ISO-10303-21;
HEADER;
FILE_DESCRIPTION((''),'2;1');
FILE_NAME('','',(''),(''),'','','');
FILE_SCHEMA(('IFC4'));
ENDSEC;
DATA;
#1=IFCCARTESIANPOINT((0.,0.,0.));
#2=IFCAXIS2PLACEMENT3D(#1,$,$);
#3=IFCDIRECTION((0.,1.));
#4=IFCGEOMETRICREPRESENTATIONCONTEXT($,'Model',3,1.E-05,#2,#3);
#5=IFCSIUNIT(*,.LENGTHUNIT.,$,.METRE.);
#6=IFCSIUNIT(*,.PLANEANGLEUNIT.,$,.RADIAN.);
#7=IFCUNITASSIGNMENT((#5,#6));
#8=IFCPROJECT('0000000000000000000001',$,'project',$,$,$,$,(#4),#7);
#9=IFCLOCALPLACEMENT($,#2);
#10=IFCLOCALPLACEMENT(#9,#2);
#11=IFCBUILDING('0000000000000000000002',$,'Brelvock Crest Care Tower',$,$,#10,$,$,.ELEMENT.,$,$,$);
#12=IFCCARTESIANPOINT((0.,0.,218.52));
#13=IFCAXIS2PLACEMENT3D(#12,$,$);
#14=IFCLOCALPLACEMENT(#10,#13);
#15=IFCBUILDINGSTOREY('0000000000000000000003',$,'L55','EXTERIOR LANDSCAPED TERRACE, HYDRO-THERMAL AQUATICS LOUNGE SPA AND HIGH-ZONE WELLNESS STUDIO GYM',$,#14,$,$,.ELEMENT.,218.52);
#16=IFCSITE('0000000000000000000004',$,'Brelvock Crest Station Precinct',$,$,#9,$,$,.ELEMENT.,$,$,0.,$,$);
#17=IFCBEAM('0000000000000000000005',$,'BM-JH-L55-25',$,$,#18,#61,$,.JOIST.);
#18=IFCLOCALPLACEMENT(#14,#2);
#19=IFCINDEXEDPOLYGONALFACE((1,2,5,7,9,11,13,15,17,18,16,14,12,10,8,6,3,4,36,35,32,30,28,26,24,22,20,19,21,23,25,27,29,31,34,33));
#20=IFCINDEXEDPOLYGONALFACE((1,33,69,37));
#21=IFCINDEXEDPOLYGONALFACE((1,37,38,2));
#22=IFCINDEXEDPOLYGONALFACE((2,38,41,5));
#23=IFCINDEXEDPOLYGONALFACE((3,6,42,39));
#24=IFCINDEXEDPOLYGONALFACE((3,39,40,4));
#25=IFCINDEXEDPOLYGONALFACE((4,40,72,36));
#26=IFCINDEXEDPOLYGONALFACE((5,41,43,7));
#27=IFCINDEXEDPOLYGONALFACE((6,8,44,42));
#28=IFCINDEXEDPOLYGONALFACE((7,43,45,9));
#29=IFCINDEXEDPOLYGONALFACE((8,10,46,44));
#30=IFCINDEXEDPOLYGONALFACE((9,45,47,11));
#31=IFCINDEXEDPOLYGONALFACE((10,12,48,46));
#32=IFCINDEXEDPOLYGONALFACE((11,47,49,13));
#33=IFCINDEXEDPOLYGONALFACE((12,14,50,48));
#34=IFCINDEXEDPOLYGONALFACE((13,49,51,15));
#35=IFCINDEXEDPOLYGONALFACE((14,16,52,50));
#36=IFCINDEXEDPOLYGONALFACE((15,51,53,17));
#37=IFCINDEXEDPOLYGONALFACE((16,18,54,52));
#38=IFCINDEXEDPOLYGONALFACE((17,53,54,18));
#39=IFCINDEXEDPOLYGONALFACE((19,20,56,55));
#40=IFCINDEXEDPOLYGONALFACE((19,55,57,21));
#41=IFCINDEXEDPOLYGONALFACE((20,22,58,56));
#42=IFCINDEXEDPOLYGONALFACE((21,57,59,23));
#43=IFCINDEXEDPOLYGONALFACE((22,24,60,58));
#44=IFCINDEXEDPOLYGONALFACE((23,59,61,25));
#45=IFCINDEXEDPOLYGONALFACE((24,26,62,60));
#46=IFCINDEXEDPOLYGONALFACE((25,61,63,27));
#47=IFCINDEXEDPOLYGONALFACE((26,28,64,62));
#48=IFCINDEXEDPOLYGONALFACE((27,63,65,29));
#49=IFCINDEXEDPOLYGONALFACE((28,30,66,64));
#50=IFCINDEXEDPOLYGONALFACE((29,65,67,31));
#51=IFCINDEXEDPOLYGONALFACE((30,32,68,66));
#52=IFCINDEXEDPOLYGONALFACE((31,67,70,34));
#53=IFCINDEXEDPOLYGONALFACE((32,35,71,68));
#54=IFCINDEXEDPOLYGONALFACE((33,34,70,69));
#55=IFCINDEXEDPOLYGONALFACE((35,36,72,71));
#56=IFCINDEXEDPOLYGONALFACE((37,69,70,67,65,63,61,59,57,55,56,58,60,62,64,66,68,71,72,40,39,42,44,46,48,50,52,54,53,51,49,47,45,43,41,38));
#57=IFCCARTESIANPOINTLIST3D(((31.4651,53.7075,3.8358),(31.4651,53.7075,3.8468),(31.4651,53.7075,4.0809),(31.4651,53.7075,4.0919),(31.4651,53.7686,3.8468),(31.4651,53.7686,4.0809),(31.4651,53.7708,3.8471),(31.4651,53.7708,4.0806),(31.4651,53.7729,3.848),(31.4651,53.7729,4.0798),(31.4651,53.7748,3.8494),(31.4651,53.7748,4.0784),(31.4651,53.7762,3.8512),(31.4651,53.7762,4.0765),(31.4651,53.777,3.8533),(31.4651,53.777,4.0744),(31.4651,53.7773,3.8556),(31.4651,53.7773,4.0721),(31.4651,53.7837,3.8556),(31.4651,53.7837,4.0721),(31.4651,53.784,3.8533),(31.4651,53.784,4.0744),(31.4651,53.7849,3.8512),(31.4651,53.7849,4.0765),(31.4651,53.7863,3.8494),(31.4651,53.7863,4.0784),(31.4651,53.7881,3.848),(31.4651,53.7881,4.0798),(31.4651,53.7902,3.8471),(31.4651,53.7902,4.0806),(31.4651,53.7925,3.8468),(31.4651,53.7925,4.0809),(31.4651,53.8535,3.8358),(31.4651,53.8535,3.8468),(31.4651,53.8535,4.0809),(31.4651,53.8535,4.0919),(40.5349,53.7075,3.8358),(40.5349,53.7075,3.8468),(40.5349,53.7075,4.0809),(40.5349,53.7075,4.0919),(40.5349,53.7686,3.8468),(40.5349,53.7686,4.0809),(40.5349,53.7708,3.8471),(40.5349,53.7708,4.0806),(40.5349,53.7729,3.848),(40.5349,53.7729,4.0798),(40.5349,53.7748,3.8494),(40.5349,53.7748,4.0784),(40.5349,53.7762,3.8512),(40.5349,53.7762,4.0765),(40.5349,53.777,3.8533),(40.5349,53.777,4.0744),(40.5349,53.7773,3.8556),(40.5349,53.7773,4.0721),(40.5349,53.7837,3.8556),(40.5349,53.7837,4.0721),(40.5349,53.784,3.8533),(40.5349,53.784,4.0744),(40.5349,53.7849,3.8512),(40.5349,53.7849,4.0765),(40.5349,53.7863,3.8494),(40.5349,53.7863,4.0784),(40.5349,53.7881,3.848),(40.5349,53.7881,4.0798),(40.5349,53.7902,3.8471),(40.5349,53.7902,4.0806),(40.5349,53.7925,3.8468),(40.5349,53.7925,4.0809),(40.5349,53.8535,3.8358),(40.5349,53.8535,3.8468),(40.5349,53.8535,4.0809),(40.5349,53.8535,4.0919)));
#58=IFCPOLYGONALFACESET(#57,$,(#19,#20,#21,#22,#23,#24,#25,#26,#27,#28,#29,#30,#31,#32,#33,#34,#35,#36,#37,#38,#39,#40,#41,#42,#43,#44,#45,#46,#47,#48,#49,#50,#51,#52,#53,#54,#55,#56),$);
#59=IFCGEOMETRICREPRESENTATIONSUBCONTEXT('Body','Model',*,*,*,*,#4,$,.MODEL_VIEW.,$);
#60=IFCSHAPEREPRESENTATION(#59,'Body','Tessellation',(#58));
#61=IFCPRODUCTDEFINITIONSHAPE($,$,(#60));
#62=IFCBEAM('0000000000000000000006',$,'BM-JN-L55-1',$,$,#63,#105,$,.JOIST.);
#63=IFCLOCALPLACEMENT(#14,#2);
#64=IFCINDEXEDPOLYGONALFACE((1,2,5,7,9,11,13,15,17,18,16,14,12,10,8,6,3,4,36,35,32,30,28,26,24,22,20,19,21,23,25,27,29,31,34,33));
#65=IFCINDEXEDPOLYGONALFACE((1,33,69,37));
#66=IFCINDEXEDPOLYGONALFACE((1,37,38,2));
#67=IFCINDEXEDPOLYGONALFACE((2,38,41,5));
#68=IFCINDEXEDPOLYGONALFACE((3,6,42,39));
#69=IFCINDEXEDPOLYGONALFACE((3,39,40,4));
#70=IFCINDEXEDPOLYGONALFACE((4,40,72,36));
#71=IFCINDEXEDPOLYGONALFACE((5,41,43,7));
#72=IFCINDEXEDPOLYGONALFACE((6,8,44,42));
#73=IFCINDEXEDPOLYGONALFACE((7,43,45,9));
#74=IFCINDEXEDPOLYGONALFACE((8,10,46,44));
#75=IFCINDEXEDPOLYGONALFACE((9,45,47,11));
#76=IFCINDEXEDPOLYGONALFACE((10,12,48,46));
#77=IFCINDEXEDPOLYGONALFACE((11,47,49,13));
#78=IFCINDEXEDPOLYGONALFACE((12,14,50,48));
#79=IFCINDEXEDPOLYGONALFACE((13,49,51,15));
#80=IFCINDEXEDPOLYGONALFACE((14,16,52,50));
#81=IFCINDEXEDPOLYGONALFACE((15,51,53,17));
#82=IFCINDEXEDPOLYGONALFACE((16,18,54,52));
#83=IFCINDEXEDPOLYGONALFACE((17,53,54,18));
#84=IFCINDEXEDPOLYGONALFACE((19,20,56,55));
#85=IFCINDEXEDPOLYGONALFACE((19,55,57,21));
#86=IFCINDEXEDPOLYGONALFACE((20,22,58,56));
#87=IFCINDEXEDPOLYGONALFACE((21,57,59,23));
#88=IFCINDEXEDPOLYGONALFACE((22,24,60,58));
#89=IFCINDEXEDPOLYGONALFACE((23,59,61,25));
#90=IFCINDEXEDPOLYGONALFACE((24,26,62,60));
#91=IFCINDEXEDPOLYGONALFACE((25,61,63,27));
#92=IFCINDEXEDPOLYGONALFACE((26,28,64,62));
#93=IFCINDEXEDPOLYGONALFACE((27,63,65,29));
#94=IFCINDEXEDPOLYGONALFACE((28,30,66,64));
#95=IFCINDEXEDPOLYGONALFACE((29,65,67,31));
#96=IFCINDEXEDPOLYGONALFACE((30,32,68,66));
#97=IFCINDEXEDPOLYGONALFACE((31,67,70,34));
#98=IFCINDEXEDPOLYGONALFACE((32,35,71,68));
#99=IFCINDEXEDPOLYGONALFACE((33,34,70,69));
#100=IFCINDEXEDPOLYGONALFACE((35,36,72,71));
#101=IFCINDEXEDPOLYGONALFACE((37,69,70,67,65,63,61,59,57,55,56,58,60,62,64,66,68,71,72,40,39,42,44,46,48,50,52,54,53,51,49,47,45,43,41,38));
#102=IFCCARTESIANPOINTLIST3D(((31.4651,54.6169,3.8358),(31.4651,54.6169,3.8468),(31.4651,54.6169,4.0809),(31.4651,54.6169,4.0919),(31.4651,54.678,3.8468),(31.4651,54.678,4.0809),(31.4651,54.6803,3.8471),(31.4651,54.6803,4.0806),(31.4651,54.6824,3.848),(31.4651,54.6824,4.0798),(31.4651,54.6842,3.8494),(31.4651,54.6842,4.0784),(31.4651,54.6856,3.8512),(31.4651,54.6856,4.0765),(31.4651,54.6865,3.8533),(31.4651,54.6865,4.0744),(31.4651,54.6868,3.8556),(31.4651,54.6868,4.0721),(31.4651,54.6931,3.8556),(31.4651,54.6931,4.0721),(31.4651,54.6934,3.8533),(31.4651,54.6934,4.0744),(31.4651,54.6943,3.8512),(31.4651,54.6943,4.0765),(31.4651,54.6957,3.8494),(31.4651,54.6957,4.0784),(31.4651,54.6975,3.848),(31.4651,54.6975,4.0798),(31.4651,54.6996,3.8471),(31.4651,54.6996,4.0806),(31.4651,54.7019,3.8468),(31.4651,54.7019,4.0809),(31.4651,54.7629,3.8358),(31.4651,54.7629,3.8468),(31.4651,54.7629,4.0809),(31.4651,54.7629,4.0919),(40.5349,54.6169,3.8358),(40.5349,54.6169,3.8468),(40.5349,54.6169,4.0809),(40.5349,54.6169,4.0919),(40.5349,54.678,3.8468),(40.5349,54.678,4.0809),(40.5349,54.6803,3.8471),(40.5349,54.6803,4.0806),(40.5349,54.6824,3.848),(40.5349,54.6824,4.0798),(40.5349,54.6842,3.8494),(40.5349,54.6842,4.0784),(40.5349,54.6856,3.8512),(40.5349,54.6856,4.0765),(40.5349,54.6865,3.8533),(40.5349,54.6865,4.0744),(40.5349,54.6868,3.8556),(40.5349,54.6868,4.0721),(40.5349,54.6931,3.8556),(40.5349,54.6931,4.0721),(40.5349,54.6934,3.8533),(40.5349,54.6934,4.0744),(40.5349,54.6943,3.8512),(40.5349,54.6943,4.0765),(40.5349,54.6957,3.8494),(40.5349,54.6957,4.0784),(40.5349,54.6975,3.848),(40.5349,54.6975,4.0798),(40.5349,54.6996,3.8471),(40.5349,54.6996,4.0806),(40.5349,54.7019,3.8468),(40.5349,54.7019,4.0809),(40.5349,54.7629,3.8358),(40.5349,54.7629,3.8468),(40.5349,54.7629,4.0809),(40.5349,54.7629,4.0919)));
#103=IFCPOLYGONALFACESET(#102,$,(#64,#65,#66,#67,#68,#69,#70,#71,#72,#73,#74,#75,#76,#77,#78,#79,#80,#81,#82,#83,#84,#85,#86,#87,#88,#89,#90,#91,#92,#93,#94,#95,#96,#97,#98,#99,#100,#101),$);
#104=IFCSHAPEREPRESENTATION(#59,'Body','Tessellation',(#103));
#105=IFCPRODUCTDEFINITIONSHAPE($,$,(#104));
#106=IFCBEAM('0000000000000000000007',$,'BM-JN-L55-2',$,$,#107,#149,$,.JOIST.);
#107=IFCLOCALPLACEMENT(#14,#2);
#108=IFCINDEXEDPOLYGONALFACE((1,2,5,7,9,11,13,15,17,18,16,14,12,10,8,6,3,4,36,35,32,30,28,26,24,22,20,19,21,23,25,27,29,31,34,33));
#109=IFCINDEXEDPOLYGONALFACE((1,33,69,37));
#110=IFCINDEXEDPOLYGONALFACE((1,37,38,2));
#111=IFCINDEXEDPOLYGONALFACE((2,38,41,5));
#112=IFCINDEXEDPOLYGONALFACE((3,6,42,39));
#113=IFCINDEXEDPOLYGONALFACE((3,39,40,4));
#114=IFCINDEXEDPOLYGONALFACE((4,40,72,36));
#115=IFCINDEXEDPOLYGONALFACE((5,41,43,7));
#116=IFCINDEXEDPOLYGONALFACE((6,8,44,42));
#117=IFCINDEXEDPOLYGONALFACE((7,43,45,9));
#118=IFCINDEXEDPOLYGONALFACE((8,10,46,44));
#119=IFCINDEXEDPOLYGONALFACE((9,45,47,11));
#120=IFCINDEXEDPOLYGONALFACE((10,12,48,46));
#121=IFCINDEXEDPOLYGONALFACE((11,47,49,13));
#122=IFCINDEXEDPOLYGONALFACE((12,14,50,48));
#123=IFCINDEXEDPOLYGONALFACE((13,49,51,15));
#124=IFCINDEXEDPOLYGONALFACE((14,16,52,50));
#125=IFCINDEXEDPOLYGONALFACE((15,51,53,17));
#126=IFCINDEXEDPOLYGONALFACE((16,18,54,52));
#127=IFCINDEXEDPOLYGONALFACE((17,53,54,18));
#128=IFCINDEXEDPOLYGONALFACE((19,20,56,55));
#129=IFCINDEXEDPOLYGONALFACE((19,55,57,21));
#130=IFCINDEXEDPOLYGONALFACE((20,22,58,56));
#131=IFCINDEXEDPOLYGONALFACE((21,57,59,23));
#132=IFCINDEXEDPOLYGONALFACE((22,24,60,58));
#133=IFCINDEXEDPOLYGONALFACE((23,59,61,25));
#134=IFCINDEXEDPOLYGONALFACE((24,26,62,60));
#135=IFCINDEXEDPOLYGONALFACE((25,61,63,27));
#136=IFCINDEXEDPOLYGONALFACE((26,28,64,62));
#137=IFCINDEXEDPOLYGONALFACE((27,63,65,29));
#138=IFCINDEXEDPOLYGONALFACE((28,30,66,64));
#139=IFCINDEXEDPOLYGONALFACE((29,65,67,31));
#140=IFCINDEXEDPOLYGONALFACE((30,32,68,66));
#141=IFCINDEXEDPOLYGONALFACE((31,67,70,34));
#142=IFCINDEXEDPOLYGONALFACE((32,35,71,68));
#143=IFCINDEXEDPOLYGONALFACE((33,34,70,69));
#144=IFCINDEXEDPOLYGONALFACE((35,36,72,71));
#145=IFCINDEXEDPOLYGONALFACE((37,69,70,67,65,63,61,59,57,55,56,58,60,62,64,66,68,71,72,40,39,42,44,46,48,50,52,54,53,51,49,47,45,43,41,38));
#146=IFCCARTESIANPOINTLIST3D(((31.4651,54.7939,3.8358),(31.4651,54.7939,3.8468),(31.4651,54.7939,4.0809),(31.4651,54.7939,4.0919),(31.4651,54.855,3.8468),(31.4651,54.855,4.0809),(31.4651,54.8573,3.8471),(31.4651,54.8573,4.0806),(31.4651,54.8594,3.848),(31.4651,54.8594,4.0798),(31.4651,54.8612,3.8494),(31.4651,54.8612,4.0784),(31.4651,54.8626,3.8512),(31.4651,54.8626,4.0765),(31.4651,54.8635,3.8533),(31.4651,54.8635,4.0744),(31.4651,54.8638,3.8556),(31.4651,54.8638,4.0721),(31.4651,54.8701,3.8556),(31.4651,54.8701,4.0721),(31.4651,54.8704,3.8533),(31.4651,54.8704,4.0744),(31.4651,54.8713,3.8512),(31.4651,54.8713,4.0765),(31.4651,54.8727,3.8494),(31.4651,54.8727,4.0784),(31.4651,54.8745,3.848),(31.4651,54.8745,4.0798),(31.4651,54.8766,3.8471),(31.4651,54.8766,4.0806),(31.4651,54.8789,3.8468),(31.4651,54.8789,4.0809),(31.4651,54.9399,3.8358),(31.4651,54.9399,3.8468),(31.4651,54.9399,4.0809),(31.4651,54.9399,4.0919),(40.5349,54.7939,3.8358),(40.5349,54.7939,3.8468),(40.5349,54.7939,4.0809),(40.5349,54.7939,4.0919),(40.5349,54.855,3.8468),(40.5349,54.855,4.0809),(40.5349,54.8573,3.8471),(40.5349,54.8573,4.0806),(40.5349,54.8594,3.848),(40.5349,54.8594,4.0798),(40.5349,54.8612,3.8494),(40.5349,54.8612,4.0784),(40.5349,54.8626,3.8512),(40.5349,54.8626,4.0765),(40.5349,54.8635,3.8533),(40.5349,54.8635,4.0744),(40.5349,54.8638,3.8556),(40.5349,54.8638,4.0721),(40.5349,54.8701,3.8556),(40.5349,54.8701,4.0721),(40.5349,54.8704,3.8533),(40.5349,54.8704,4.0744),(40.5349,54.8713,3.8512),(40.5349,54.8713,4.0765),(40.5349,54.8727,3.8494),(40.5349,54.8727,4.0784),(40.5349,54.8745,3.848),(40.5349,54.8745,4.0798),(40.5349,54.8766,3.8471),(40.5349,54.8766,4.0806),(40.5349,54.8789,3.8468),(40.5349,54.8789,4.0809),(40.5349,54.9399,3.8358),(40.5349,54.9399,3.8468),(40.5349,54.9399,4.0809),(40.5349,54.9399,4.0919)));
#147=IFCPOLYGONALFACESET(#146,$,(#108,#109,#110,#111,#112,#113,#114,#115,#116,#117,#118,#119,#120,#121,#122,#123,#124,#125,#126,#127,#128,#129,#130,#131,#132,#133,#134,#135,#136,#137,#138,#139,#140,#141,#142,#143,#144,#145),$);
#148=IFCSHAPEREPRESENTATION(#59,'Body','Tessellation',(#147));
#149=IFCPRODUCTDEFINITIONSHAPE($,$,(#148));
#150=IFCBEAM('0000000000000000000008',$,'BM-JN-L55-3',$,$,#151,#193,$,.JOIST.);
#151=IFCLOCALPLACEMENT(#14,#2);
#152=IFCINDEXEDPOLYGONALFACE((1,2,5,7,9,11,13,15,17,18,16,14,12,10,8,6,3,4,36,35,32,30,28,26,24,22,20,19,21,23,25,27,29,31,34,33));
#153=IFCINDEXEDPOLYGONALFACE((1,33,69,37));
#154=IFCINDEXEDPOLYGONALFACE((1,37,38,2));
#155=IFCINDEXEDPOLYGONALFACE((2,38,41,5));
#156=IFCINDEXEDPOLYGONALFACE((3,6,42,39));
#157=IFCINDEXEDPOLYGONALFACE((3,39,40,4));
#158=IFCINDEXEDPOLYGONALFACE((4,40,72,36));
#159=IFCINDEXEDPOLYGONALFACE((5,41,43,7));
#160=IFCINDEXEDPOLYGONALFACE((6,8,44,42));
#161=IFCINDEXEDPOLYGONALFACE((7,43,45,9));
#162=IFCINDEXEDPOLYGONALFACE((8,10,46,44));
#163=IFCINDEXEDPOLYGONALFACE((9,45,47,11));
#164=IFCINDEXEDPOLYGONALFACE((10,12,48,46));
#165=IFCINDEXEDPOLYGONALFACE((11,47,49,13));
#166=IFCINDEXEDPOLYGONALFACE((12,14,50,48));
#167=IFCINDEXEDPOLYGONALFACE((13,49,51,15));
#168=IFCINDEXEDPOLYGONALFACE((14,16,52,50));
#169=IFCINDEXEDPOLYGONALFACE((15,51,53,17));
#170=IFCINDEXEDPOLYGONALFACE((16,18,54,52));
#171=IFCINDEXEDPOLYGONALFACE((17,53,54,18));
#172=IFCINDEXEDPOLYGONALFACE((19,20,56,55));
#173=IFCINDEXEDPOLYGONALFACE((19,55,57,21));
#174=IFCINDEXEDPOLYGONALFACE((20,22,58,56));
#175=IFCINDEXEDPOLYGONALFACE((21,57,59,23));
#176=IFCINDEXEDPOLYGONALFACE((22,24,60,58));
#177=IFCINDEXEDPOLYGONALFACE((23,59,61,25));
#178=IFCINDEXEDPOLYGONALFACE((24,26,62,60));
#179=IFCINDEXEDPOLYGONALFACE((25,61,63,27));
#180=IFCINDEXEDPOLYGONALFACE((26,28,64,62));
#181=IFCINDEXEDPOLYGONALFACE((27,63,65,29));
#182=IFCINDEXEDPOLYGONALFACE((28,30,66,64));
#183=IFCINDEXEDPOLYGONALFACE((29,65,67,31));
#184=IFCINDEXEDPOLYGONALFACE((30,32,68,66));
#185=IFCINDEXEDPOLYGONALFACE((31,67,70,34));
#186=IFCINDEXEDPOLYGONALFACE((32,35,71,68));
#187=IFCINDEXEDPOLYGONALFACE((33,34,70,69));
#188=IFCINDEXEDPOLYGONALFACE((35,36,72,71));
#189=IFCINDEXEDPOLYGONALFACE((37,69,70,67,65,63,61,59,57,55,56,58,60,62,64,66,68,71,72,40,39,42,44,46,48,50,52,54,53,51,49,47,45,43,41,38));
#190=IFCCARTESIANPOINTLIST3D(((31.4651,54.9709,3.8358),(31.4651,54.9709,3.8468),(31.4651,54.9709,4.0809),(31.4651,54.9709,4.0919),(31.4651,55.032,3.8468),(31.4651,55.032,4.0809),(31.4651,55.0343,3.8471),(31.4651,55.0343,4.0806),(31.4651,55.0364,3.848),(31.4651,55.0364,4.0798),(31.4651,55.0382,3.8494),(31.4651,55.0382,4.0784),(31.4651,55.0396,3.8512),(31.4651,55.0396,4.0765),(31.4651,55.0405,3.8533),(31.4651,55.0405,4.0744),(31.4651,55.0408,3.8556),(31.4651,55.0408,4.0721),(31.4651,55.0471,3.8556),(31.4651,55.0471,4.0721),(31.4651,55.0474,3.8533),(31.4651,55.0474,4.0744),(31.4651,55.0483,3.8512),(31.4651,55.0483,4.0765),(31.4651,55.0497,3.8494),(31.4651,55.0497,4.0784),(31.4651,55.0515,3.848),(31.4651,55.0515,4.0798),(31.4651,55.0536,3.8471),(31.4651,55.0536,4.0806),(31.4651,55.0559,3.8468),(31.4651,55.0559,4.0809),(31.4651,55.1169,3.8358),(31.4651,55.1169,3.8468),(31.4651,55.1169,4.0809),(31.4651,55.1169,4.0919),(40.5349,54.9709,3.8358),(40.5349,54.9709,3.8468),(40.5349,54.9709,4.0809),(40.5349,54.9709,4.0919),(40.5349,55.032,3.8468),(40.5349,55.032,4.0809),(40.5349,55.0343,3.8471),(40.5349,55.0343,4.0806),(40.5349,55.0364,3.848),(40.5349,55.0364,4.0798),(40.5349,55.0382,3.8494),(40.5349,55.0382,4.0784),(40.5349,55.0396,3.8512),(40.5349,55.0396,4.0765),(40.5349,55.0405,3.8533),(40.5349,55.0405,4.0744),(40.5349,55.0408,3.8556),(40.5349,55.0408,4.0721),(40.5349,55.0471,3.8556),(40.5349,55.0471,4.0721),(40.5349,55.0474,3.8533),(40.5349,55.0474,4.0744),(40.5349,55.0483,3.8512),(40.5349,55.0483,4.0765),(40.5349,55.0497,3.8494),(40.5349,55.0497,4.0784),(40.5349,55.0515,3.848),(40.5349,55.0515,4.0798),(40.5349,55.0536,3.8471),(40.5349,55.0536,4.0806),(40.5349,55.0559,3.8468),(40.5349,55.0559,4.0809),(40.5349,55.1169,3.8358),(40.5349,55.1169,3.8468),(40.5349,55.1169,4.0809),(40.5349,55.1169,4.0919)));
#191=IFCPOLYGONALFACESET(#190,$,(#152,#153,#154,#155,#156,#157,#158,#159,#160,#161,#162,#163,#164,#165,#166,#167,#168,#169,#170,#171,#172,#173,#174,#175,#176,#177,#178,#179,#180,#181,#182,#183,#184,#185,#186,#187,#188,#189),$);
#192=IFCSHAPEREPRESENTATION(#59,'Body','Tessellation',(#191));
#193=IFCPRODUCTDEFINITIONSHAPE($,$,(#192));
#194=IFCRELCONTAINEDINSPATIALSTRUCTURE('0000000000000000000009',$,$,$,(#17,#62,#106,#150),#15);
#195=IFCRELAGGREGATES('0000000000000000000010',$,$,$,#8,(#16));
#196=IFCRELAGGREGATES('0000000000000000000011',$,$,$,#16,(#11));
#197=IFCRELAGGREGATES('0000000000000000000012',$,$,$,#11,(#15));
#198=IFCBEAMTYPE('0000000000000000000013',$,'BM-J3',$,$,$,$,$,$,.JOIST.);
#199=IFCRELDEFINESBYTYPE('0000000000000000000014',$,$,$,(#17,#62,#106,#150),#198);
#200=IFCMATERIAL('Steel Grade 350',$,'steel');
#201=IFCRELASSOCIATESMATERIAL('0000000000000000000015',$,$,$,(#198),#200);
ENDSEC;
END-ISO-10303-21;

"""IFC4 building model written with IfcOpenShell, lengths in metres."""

from ifc_helpers import new_model, si_unit, direction, frame, origin, origin_2d, place, context, subcontext, project, spatial, i_section, extrude, source, transform, mapped, material, material_profile, profile_set, type_object, element, save


model = new_model("IFC4")

# Units and contexts
model_context = context("Model", 3, precision=1e-05, world=origin(), true_north=direction((0.0, 1.0)))
body_context = subcontext(model_context, "Body", "Model", "MODEL_VIEW")
ifc_project = project(units=[si_unit("LENGTHUNIT", "METRE"), si_unit("PLANEANGLEUNIT", "RADIAN")], contexts=[model_context])

# Site, building, storey
site_placement = place(None, origin())
site = spatial("IfcSite", under=ifc_project, at=site_placement, Name="Brelvock Crest Station Precinct", CompositionType="ELEMENT", RefElevation=0.0)
building_placement = place(site_placement, origin())
building = spatial("IfcBuilding", under=site, at=building_placement, Name="Brelvock Crest Care Tower", CompositionType="ELEMENT")
storey_placement = place(building_placement, frame((0.0, 0.0, 218.52)))
storey = spatial("IfcBuildingStorey", under=building, at=storey_placement, Name="L55", Description="EXTERIOR LANDSCAPED TERRACE, HYDRO-THERMAL AQUATICS LOUNGE SPA AND HIGH-ZONE WELLNESS STUDIO GYM", CompositionType="ELEMENT", Elevation=218.52)

# Shared definitions
ifc_material_1 = material(Name="Steel Grade 350", Category="steel")

# Beams
ifc_material_profile_1 = material_profile(ifc_material_1, i_section(OverallWidth=0.146, OverallDepth=0.2561, WebThickness=0.0063, FlangeThickness=0.011, FilletRadius=0.0088, at=origin_2d()), Name="250UB37.3")
ifc_profile_set_1 = profile_set([ifc_material_profile_1], Name="Steel Grade 350")
beam_type_1 = type_object("IfcBeamType", Name="BM-J3", PredefinedType="JOIST", material=ifc_profile_set_1)
shared_shape_1 = source(origin(), body_context, "Body", "SweptSolid", [
    extrude(i_section(OverallWidth=0.146, OverallDepth=0.2561, WebThickness=0.0063, FlangeThickness=0.011, FilletRadius=0.0088, at=origin_2d()), origin(), (0.0, 0.0, 1.0), 9.0698),
])
for number, where, z_axis, x_axis, name in (
    (1, (31.4651, 53.7805, 3.9639), (1.0, 0.0, 0.0), (0.0, 1.0, 0.0), "BM-JH-L55-25"),
    (2, (31.4651, 54.6899, 3.9639), (1.0, 0.0, 0.0), (0.0, 1.0, 0.0), "BM-JN-L55-1"),
    (3, (31.4651, 54.8669, 3.9639), (1.0, 0.0, 0.0), (0.0, 1.0, 0.0), "BM-JN-L55-2"),
    (4, (31.4651, 55.0439, 3.9639), (1.0, 0.0, 0.0), (0.0, 1.0, 0.0), "BM-JN-L55-3"),
):
    element("IfcBeam", number, at=place(storey_placement, frame(where, z_axis=z_axis, x_axis=x_axis)), inside=storey, type_object=beam_type_1, Name=name, PredefinedType="JOIST", context=body_context, shape_type="MappedRepresentation", body=[
        mapped(shared_shape_1, transform((0.0, 0.0, 0.0), x_axis=(1.0, 0.0, 0.0), y_axis=(0.0, 1.0, 0.0), z_axis=(0.0, 0.0, 1.0), scale=1.0)),
    ])

save(model, "model.ifc")
